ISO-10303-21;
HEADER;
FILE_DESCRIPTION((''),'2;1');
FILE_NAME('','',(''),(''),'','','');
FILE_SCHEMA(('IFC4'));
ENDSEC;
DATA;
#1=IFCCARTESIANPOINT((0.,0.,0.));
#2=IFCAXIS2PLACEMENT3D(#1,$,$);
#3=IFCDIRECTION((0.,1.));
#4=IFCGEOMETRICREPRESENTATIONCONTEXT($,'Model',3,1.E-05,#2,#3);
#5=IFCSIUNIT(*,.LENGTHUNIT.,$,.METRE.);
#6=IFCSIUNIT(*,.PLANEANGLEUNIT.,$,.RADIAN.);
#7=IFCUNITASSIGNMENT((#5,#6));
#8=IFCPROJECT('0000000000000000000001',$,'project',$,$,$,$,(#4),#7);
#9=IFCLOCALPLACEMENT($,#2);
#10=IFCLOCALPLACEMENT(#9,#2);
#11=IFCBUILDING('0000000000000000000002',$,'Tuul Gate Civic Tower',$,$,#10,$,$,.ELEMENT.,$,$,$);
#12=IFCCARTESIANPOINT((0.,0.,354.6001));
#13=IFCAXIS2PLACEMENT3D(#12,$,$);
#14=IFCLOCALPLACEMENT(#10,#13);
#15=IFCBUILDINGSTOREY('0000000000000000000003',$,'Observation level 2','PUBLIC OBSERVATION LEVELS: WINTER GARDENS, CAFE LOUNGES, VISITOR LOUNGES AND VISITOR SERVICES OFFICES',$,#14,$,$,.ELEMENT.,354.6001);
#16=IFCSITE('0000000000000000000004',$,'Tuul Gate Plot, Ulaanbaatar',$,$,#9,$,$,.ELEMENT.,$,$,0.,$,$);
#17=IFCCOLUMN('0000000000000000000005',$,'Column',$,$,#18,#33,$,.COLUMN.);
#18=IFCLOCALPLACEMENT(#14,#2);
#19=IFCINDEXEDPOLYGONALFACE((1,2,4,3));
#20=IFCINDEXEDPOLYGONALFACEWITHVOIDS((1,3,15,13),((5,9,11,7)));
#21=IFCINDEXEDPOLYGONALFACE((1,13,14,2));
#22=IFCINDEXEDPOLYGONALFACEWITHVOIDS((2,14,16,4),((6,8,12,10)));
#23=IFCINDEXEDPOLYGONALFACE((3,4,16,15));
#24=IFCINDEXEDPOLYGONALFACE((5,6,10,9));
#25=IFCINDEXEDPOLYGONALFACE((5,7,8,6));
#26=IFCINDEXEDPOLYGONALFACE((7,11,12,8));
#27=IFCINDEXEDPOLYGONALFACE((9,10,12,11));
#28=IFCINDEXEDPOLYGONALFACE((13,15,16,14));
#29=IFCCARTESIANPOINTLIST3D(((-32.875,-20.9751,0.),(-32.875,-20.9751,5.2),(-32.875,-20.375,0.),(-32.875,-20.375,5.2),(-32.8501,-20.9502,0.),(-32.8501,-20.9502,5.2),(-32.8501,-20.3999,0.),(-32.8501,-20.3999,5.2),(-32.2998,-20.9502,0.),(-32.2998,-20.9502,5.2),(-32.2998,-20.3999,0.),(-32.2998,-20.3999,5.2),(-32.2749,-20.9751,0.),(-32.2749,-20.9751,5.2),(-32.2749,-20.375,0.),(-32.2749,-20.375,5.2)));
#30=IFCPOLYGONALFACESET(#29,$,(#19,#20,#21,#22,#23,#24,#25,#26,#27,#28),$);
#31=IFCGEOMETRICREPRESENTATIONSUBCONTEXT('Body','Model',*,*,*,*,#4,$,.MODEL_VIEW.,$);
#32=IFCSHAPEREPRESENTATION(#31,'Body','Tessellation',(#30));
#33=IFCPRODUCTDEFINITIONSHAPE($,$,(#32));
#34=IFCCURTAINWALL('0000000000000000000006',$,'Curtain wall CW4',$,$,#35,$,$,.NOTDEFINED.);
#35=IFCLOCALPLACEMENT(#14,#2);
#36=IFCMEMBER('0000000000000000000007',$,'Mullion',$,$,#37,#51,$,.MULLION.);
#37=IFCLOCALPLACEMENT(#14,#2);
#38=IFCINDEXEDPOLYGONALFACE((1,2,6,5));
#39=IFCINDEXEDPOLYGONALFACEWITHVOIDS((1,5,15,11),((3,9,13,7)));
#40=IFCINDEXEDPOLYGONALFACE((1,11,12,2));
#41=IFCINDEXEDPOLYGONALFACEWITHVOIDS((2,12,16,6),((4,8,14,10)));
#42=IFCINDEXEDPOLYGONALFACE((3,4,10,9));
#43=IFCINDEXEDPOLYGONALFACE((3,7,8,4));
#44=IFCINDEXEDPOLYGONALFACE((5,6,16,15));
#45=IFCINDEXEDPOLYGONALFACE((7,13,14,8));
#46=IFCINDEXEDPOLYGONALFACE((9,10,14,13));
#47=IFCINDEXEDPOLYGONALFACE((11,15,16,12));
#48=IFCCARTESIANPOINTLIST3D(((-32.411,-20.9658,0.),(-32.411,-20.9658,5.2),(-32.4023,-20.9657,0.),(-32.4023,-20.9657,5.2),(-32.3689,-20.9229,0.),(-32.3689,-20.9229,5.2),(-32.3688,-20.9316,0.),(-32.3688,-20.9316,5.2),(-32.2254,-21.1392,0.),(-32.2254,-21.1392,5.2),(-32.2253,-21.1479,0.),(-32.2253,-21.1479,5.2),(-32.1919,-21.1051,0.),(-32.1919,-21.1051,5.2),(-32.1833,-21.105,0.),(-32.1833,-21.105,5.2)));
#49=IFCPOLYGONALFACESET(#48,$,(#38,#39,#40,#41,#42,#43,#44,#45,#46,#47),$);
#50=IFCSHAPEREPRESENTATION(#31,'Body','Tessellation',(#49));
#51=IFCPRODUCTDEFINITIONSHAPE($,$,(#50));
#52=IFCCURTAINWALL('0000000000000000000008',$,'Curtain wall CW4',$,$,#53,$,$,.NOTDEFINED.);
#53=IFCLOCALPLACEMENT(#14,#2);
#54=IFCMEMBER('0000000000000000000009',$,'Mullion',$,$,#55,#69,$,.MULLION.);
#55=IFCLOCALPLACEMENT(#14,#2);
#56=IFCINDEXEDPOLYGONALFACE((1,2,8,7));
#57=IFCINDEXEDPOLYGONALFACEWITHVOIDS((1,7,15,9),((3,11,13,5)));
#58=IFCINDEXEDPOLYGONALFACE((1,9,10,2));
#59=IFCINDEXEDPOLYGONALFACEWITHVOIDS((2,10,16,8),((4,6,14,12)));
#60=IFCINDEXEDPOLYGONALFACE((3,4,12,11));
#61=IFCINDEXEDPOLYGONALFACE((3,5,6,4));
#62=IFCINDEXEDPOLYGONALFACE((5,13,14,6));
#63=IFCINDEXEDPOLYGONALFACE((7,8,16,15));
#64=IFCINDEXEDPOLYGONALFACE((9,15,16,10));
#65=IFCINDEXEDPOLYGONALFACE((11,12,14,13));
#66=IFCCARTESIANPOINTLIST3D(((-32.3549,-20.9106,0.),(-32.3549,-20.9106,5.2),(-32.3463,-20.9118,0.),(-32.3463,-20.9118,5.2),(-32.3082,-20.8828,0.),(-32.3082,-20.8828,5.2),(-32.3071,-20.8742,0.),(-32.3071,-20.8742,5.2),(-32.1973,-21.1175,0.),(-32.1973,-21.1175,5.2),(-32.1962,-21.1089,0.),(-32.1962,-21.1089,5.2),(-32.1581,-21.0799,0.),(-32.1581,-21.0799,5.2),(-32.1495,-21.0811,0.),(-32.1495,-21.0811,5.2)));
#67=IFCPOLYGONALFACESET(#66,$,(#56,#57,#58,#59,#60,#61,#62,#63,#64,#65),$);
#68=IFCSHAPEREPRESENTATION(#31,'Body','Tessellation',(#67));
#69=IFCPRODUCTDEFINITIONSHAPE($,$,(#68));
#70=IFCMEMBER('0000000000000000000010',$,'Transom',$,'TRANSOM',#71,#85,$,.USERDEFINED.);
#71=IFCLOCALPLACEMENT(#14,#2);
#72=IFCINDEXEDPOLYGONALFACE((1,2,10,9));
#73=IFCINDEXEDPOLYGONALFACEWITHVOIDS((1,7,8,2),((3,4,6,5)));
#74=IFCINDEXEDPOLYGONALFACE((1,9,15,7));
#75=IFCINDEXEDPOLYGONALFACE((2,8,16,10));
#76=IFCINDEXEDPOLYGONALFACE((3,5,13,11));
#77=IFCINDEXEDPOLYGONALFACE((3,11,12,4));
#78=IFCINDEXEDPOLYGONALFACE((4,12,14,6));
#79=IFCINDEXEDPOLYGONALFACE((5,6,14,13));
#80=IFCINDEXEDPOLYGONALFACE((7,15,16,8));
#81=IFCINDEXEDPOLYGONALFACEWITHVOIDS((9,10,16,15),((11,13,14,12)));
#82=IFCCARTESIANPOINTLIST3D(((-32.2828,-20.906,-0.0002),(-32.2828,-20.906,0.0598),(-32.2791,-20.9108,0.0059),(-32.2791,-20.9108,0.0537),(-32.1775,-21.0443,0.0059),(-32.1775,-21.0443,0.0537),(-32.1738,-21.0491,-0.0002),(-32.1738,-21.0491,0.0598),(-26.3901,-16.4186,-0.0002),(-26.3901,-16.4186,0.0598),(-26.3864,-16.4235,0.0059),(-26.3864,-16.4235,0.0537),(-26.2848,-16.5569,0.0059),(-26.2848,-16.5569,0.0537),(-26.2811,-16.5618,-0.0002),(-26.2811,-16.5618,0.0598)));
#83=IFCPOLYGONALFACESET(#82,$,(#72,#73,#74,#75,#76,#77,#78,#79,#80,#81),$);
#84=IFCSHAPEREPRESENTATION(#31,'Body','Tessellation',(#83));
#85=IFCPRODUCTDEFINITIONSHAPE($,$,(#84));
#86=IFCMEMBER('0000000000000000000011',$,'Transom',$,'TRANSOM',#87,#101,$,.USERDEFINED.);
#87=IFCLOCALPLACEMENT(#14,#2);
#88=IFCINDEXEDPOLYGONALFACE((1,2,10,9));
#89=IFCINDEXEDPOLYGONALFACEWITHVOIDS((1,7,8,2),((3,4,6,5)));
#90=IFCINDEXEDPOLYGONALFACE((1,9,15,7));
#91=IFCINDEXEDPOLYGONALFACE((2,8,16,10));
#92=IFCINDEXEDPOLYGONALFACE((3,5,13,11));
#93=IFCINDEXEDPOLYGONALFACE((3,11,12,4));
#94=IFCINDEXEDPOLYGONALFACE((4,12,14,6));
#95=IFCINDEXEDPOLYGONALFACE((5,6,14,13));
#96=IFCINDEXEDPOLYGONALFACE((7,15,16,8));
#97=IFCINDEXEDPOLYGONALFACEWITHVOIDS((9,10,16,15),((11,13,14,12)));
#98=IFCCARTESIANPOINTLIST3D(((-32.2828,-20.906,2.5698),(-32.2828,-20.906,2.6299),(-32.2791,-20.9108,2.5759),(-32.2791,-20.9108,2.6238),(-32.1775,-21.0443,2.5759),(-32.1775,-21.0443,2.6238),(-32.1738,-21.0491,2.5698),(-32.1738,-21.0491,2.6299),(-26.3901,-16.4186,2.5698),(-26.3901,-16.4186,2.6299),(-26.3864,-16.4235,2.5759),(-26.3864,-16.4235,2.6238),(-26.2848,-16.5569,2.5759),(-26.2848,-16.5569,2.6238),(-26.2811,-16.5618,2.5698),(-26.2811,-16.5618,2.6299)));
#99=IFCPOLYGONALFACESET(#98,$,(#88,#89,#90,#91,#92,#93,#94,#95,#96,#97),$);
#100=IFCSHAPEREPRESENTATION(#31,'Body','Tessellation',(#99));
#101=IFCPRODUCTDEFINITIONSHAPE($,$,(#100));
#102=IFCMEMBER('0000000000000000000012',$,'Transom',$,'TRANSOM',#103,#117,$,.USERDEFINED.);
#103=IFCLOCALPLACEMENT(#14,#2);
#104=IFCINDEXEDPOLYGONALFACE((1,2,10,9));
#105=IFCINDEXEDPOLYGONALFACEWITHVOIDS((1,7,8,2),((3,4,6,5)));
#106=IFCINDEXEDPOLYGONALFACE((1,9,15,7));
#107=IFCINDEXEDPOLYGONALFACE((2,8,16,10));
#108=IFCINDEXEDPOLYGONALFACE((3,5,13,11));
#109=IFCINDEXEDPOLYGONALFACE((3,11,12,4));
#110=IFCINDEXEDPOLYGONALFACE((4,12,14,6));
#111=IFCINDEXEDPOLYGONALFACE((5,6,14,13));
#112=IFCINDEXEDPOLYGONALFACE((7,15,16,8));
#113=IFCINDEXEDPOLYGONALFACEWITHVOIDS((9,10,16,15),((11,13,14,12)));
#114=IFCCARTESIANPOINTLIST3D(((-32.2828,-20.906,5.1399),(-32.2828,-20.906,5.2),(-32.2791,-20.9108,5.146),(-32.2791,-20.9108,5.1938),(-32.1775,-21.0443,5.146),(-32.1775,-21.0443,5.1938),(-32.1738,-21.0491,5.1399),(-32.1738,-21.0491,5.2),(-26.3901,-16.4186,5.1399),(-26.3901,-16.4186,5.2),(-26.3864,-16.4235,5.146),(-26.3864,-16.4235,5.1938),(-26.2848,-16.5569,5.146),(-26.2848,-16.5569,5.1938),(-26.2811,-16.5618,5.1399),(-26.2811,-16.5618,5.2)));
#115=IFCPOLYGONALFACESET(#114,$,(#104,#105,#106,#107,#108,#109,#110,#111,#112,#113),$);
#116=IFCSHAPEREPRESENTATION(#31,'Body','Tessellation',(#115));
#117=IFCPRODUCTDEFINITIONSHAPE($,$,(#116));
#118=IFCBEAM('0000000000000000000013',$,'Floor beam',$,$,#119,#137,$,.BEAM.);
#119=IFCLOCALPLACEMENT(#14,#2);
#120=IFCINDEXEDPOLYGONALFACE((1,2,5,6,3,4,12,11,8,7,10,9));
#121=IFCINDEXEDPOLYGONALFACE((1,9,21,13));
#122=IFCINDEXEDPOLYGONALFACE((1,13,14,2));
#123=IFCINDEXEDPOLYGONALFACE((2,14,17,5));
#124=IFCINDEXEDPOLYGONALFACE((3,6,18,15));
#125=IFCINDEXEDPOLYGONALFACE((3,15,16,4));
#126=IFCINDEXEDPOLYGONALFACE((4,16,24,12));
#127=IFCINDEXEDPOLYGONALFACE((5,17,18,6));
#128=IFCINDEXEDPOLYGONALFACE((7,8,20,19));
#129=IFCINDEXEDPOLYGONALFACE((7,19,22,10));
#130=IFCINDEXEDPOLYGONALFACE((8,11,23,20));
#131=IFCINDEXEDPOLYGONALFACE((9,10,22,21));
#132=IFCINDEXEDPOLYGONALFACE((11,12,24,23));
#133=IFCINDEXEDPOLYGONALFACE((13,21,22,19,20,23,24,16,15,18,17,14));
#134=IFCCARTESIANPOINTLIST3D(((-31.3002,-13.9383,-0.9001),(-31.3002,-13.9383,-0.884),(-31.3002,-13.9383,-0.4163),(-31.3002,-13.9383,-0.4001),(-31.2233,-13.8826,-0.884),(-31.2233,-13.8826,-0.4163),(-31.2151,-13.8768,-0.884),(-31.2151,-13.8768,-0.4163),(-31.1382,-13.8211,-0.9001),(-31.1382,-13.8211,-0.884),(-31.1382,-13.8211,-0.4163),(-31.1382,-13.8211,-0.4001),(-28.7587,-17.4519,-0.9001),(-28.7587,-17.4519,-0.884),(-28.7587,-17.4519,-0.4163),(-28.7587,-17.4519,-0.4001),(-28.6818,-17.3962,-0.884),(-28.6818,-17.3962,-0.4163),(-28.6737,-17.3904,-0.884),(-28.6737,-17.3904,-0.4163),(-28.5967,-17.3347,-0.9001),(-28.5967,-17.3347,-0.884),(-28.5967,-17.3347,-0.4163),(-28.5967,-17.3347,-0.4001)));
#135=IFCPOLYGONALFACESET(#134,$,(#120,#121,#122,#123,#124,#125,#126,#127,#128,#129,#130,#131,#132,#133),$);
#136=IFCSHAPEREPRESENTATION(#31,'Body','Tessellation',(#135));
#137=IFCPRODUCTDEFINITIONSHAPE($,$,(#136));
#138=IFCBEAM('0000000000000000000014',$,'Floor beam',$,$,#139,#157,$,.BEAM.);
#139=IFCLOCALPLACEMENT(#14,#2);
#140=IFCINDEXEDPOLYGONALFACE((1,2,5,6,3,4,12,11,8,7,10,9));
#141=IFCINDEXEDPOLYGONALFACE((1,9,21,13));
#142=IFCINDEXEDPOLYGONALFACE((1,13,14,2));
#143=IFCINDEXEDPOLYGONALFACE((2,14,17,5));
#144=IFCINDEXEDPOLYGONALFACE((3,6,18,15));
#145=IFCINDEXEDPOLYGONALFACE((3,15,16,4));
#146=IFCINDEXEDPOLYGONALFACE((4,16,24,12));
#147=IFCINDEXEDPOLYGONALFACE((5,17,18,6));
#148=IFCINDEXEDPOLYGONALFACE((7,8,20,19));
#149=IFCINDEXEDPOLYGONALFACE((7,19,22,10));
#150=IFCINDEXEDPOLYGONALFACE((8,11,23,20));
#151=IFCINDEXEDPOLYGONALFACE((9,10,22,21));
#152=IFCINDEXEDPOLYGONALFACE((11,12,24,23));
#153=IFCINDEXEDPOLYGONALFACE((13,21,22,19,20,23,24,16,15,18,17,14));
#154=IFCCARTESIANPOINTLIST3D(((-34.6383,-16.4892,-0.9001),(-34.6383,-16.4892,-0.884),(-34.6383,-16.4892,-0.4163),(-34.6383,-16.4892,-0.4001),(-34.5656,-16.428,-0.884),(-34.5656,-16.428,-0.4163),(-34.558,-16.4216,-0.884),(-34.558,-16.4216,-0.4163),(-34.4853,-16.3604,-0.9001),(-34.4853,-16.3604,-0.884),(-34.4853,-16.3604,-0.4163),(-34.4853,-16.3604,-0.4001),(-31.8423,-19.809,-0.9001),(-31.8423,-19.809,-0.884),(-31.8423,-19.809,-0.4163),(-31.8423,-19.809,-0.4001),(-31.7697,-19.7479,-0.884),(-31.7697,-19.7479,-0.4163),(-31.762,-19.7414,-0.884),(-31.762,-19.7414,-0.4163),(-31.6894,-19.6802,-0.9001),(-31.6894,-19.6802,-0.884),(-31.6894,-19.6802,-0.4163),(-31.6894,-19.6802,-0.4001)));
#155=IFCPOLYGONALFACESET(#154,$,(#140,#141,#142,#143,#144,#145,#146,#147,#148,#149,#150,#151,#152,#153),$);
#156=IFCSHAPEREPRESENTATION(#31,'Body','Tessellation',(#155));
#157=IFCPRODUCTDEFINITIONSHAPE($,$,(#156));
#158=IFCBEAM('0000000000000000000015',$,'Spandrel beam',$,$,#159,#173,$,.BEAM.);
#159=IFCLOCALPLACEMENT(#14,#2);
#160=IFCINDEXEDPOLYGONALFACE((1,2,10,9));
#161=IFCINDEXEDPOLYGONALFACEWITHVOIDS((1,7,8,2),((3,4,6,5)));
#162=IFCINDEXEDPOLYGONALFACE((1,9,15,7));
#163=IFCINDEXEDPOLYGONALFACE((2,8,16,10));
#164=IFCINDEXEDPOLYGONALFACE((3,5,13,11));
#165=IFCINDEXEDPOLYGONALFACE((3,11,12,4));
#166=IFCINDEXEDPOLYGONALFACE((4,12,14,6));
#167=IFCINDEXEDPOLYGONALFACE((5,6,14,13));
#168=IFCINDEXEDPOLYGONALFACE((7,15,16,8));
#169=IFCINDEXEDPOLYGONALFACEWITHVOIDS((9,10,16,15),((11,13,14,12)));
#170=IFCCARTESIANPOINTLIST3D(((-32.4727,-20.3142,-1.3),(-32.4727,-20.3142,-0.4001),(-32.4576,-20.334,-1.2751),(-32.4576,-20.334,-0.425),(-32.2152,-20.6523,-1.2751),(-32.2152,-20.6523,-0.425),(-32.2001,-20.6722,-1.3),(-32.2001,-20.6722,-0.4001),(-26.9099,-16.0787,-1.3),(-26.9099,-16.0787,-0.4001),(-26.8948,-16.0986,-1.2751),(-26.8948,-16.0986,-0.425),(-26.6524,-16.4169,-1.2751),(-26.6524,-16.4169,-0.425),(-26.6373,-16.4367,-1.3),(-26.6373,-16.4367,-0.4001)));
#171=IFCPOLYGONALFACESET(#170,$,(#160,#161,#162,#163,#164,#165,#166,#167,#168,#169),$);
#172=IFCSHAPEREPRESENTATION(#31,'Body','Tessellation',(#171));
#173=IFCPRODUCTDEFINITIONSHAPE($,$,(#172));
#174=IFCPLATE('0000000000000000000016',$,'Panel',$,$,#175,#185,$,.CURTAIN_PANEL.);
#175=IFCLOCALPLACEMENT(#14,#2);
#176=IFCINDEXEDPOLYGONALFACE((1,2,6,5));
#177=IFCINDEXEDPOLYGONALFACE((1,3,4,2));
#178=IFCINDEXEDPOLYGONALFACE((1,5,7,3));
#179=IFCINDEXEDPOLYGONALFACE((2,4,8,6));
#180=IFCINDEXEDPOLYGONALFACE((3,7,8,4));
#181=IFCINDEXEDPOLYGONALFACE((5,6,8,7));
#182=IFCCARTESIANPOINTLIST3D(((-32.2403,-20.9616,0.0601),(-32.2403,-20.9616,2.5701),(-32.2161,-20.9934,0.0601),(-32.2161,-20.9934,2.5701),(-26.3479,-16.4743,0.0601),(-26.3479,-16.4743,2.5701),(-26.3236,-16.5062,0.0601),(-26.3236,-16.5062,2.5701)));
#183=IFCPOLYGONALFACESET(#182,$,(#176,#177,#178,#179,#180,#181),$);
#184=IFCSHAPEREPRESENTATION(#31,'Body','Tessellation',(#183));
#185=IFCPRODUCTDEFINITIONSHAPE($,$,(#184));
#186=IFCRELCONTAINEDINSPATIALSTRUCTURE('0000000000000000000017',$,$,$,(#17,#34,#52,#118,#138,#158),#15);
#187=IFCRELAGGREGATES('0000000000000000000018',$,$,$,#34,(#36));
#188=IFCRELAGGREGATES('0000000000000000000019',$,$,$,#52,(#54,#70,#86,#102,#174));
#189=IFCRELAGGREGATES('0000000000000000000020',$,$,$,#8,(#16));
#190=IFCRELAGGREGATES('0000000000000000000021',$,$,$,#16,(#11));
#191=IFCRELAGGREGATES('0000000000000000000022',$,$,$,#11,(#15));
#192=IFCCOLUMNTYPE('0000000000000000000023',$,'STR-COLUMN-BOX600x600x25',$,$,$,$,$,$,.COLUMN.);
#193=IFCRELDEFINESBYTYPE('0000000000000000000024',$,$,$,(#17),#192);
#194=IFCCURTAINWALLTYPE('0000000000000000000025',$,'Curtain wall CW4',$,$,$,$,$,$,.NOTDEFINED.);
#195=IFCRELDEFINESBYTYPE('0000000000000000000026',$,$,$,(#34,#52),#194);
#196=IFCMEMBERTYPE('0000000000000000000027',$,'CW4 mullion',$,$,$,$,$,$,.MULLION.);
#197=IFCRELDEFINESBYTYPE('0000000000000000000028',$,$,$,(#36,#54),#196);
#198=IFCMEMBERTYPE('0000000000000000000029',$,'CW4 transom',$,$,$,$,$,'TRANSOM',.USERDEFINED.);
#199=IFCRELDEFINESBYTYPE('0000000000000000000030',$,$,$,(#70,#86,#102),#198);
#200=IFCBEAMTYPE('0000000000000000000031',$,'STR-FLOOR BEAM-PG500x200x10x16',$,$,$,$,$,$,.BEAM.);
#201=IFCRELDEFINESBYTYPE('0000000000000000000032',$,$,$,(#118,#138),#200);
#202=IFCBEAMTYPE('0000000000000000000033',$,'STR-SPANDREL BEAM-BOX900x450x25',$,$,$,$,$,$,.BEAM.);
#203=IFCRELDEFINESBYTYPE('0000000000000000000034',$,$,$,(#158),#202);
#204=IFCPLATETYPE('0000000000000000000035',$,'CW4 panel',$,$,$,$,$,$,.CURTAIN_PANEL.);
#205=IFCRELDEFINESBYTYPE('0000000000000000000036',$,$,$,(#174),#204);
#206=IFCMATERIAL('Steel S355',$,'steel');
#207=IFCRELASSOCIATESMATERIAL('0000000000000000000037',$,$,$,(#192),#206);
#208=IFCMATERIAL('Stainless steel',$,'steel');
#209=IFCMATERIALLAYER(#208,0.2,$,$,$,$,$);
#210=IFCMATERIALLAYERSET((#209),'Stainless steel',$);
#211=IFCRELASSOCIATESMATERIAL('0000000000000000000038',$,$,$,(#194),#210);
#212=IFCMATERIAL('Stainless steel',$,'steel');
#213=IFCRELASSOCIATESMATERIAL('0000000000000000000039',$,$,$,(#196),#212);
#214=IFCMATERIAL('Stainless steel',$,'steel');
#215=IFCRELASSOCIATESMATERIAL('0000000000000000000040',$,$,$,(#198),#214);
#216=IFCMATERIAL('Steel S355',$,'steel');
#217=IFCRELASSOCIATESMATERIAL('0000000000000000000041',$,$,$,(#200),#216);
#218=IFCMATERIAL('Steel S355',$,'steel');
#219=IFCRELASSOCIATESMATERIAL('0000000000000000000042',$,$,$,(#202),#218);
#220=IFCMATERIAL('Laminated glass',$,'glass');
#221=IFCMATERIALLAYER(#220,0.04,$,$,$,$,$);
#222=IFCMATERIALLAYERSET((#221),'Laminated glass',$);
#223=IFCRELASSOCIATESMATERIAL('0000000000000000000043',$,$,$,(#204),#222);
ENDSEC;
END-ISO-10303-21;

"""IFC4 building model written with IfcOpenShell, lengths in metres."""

from ifc_helpers import new_model, si_unit, direction, frame, origin, origin_2d, place, context, subcontext, project, spatial, rectangle, hollow_rectangle, i_section, extrude, material, layer, layer_set, material_profile, profile_set, type_object, element, aggregate, save


model = new_model("IFC4")

# Units and contexts
model_context = context("Model", 3, precision=1e-05, world=origin(), true_north=direction((0.0, 1.0)))
body_context = subcontext(model_context, "Body", "Model", "MODEL_VIEW")
ifc_project = project(units=[si_unit("LENGTHUNIT", "METRE"), si_unit("PLANEANGLEUNIT", "RADIAN")], contexts=[model_context])

# Site, building, storey
site_placement = place(None, origin())
site = spatial("IfcSite", under=ifc_project, at=site_placement, Name="Tuul Gate Plot, Ulaanbaatar", CompositionType="ELEMENT", RefElevation=0.0)
building_placement = place(site_placement, origin())
building = spatial("IfcBuilding", under=site, at=building_placement, Name="Tuul Gate Civic Tower", CompositionType="ELEMENT")
storey_placement = place(building_placement, frame((0.0, 0.0, 354.6001)))
storey = spatial("IfcBuildingStorey", under=building, at=storey_placement, Name="Observation level 2", Description="PUBLIC OBSERVATION LEVELS: WINTER GARDENS, CAFE LOUNGES, VISITOR LOUNGES AND VISITOR SERVICES OFFICES", CompositionType="ELEMENT", Elevation=354.6001)

# Column
ifc_material_1 = material(Name="Steel S355", Category="steel")
ifc_material_profile_1 = material_profile(ifc_material_1, hollow_rectangle(XDim=0.6001, YDim=0.6001, WallThickness=0.0249, at=origin_2d()), Name="BOX600x600x25")
ifc_profile_set_1 = profile_set([ifc_material_profile_1], Name="Steel S355")
column_type = type_object("IfcColumnType", Name="STR-COLUMN-BOX600x600x25", PredefinedType="COLUMN", material=ifc_profile_set_1)
column_placement = place(storey_placement, frame((-32.575, -20.675, 0.0), z_axis=(0.0, 0.0, 1.0), x_axis=(1.0, 0.0, 0.0)))
element("IfcColumn", 1, at=column_placement, inside=storey, type_object=column_type, Name="Column", PredefinedType="COLUMN", context=body_context, shape_type="SweptSolid", body=[
    extrude(hollow_rectangle(XDim=0.6001, YDim=0.6001, WallThickness=0.0249, at=origin_2d()), origin(), (0.0, 0.0, 1.0), 5.2),
])

# Curtain wall, member
ifc_material_2 = material(Name="Stainless steel", Category="steel")
ifc_layer_1 = layer(ifc_material_2, 0.2)
ifc_layer_set_1 = layer_set([ifc_layer_1], Name="Stainless steel")
curtain_wall_type = type_object("IfcCurtainWallType", Name="Curtain wall CW4", PredefinedType="NOTDEFINED", material=ifc_layer_set_1)
curtain_wall_1_placement = place(storey_placement, origin())
curtain_wall_1 = element("IfcCurtainWall", 2, at=curtain_wall_1_placement, inside=storey, type_object=curtain_wall_type, Name="Curtain wall CW4", PredefinedType="NOTDEFINED")
ifc_material_3 = material(Name="Stainless steel", Category="steel")
ifc_material_profile_2 = material_profile(ifc_material_3, hollow_rectangle(XDim=0.26, YDim=0.0601, WallThickness=0.0061, at=origin_2d()), Name="CW4 mullion")
ifc_profile_set_2 = profile_set([ifc_material_profile_2], Name="Stainless steel")
member_type_1 = type_object("IfcMemberType", Name="CW4 mullion", PredefinedType="MULLION", material=ifc_profile_set_2)
member_1_placement = place(storey_placement, frame((-32.2971, -21.0354, 0.0), z_axis=(0.0, 0.0, 1.0), x_axis=(-0.714048, 0.700097, 0.0)))
member_1 = element("IfcMember", 3, at=member_1_placement, type_object=member_type_1, Name="Mullion", PredefinedType="MULLION", context=body_context, shape_type="SweptSolid", body=[
    extrude(hollow_rectangle(XDim=0.26, YDim=0.0601, WallThickness=0.0061, at=origin_2d()), origin(), (0.0, 0.0, 1.0), 5.2),
])
aggregate(curtain_wall_1, [member_1])

# Curtain wall, members
curtain_wall_2_placement = place(storey_placement, origin())
curtain_wall_2 = element("IfcCurtainWall", 4, at=curtain_wall_2_placement, inside=storey, type_object=curtain_wall_type, Name="Curtain wall CW4", PredefinedType="NOTDEFINED")
member_2_placement = place(storey_placement, frame((-32.2522, -20.9958, 0.0), z_axis=(0.0, 0.0, 1.0), x_axis=(-0.605851, 0.795578, 0.0)))
member_2 = element("IfcMember", 5, at=member_2_placement, type_object=member_type_1, Name="Mullion", PredefinedType="MULLION", context=body_context, shape_type="SweptSolid", body=[
    extrude(hollow_rectangle(XDim=0.26, YDim=0.0601, WallThickness=0.0061, at=origin_2d()), origin(), (0.0, 0.0, 1.0), 5.2),
])
ifc_material_4 = material(Name="Stainless steel", Category="steel")
ifc_material_profile_3 = material_profile(ifc_material_4, hollow_rectangle(XDim=0.1799, YDim=0.0601, WallThickness=0.0061, at=origin_2d()), Name="CW4 transom")
ifc_profile_set_3 = profile_set([ifc_material_profile_3], Name="Stainless steel")
member_type_2 = type_object("IfcMemberType", Name="CW4 transom", ElementType="TRANSOM", PredefinedType="USERDEFINED", material=ifc_profile_set_3)
member_3_placement = place(storey_placement, frame((-32.2283, -20.9775, 0.0298), z_axis=(0.79558, 0.605849, 0.0), x_axis=(-0.605849, 0.79558, 0.0)))
member_3 = element("IfcMember", 6, at=member_3_placement, type_object=member_type_2, Name="Transom", ObjectType="TRANSOM", PredefinedType="USERDEFINED", context=body_context, shape_type="SweptSolid", body=[
    extrude(hollow_rectangle(XDim=0.1799, YDim=0.0601, WallThickness=0.0061, at=origin_2d()), origin(), (0.0, 0.0, 1.0), 7.4067),
])
member_4_placement = place(storey_placement, frame((-32.2283, -20.9775, 2.5999), z_axis=(0.79558, 0.605849, 0.0), x_axis=(-0.605849, 0.79558, 0.0)))
member_4 = element("IfcMember", 7, at=member_4_placement, type_object=member_type_2, Name="Transom", ObjectType="TRANSOM", PredefinedType="USERDEFINED", context=body_context, shape_type="SweptSolid", body=[
    extrude(hollow_rectangle(XDim=0.1799, YDim=0.0601, WallThickness=0.0061, at=origin_2d()), origin(), (0.0, 0.0, 1.0), 7.4067),
])
member_5_placement = place(storey_placement, frame((-32.2283, -20.9775, 5.1699), z_axis=(0.79558, 0.605849, 0.0), x_axis=(-0.605849, 0.79558, 0.0)))
member_5 = element("IfcMember", 8, at=member_5_placement, type_object=member_type_2, Name="Transom", ObjectType="TRANSOM", PredefinedType="USERDEFINED", context=body_context, shape_type="SweptSolid", body=[
    extrude(hollow_rectangle(XDim=0.1799, YDim=0.0601, WallThickness=0.0061, at=origin_2d()), origin(), (0.0, 0.0, 1.0), 7.4067),
])

# Beams
ifc_material_5 = material(Name="Steel S355", Category="steel")
ifc_material_profile_4 = material_profile(ifc_material_5, i_section(OverallWidth=0.2, OverallDepth=0.5, WebThickness=0.01, FlangeThickness=0.0161, at=origin_2d()), Name="PG500x200x10x16")
ifc_profile_set_4 = profile_set([ifc_material_profile_4], Name="Steel S355")
beam_type_1 = type_object("IfcBeamType", Name="STR-FLOOR BEAM-PG500x200x10x16", PredefinedType="BEAM", material=ifc_profile_set_4)
beam_1_placement = place(storey_placement, frame((-28.6777, -17.3933, -0.6501), z_axis=(-0.586074, 0.810257, 0.0), x_axis=(-0.810257, -0.586074, 0.0)))
element("IfcBeam", 9, at=beam_1_placement, inside=storey, type_object=beam_type_1, Name="Floor beam", PredefinedType="BEAM", context=body_context, shape_type="SweptSolid", body=[
    extrude(i_section(OverallWidth=0.2, OverallDepth=0.5, WebThickness=0.01, FlangeThickness=0.0161, at=origin_2d()), origin(), (0.0, 0.0, 1.0), 4.3364),
])
beam_2_placement = place(storey_placement, frame((-31.7659, -19.7446, -0.6501), z_axis=(-0.64417, 0.764882, 0.0), x_axis=(-0.764882, -0.64417, 0.0)))
element("IfcBeam", 10, at=beam_2_placement, inside=storey, type_object=beam_type_1, Name="Floor beam", PredefinedType="BEAM", context=body_context, shape_type="SweptSolid", body=[
    extrude(i_section(OverallWidth=0.2, OverallDepth=0.5, WebThickness=0.01, FlangeThickness=0.0161, at=origin_2d()), origin(), (0.0, 0.0, 1.0), 4.3403),
])
ifc_material_6 = material(Name="Steel S355", Category="steel")
ifc_material_profile_5 = material_profile(ifc_material_6, hollow_rectangle(XDim=0.45, YDim=0.8999, WallThickness=0.0249, at=origin_2d()), Name="BOX900x450x25")
ifc_profile_set_5 = profile_set([ifc_material_profile_5], Name="Steel S355")
beam_type_2 = type_object("IfcBeamType", Name="STR-SPANDREL BEAM-BOX900x450x25", PredefinedType="BEAM", material=ifc_profile_set_5)
beam_3_placement = place(storey_placement, frame((-32.3364, -20.4932, -0.8501), z_axis=(0.795634, 0.605778, 0.0), x_axis=(-0.605778, 0.795634, 0.0)))
element("IfcBeam", 11, at=beam_3_placement, inside=storey, type_object=beam_type_2, Name="Spandrel beam", PredefinedType="BEAM", context=body_context, shape_type="SweptSolid", body=[
    extrude(hollow_rectangle(XDim=0.45, YDim=0.8999, WallThickness=0.0249, at=origin_2d()), origin(), (0.0, 0.0, 1.0), 6.9917),
])

# Plate
ifc_material_7 = material(Name="Laminated glass", Category="glass")
ifc_layer_2 = layer(ifc_material_7, 0.04)
ifc_layer_set_2 = layer_set([ifc_layer_2], Name="Laminated glass")
plate_type = type_object("IfcPlateType", Name="CW4 panel", PredefinedType="CURTAIN_PANEL", material=ifc_layer_set_2)
plate_1_placement = place(storey_placement, frame((-29.282, -18.7339, 0.0601), z_axis=(0.0, 0.0, 1.0), x_axis=(0.795578, 0.605851, 0.0)))
plate_1 = element("IfcPlate", 12, at=plate_1_placement, type_object=plate_type, Name="Panel", PredefinedType="CURTAIN_PANEL", context=body_context, shape_type="SweptSolid", body=[
    extrude(rectangle(XDim=7.4065, YDim=0.04, at=origin_2d()), origin(), (0.0, 0.0, 1.0), 2.51),
])
aggregate(curtain_wall_2, [member_2, member_3, member_4, member_5, plate_1])

save(model, "model.ifc")
